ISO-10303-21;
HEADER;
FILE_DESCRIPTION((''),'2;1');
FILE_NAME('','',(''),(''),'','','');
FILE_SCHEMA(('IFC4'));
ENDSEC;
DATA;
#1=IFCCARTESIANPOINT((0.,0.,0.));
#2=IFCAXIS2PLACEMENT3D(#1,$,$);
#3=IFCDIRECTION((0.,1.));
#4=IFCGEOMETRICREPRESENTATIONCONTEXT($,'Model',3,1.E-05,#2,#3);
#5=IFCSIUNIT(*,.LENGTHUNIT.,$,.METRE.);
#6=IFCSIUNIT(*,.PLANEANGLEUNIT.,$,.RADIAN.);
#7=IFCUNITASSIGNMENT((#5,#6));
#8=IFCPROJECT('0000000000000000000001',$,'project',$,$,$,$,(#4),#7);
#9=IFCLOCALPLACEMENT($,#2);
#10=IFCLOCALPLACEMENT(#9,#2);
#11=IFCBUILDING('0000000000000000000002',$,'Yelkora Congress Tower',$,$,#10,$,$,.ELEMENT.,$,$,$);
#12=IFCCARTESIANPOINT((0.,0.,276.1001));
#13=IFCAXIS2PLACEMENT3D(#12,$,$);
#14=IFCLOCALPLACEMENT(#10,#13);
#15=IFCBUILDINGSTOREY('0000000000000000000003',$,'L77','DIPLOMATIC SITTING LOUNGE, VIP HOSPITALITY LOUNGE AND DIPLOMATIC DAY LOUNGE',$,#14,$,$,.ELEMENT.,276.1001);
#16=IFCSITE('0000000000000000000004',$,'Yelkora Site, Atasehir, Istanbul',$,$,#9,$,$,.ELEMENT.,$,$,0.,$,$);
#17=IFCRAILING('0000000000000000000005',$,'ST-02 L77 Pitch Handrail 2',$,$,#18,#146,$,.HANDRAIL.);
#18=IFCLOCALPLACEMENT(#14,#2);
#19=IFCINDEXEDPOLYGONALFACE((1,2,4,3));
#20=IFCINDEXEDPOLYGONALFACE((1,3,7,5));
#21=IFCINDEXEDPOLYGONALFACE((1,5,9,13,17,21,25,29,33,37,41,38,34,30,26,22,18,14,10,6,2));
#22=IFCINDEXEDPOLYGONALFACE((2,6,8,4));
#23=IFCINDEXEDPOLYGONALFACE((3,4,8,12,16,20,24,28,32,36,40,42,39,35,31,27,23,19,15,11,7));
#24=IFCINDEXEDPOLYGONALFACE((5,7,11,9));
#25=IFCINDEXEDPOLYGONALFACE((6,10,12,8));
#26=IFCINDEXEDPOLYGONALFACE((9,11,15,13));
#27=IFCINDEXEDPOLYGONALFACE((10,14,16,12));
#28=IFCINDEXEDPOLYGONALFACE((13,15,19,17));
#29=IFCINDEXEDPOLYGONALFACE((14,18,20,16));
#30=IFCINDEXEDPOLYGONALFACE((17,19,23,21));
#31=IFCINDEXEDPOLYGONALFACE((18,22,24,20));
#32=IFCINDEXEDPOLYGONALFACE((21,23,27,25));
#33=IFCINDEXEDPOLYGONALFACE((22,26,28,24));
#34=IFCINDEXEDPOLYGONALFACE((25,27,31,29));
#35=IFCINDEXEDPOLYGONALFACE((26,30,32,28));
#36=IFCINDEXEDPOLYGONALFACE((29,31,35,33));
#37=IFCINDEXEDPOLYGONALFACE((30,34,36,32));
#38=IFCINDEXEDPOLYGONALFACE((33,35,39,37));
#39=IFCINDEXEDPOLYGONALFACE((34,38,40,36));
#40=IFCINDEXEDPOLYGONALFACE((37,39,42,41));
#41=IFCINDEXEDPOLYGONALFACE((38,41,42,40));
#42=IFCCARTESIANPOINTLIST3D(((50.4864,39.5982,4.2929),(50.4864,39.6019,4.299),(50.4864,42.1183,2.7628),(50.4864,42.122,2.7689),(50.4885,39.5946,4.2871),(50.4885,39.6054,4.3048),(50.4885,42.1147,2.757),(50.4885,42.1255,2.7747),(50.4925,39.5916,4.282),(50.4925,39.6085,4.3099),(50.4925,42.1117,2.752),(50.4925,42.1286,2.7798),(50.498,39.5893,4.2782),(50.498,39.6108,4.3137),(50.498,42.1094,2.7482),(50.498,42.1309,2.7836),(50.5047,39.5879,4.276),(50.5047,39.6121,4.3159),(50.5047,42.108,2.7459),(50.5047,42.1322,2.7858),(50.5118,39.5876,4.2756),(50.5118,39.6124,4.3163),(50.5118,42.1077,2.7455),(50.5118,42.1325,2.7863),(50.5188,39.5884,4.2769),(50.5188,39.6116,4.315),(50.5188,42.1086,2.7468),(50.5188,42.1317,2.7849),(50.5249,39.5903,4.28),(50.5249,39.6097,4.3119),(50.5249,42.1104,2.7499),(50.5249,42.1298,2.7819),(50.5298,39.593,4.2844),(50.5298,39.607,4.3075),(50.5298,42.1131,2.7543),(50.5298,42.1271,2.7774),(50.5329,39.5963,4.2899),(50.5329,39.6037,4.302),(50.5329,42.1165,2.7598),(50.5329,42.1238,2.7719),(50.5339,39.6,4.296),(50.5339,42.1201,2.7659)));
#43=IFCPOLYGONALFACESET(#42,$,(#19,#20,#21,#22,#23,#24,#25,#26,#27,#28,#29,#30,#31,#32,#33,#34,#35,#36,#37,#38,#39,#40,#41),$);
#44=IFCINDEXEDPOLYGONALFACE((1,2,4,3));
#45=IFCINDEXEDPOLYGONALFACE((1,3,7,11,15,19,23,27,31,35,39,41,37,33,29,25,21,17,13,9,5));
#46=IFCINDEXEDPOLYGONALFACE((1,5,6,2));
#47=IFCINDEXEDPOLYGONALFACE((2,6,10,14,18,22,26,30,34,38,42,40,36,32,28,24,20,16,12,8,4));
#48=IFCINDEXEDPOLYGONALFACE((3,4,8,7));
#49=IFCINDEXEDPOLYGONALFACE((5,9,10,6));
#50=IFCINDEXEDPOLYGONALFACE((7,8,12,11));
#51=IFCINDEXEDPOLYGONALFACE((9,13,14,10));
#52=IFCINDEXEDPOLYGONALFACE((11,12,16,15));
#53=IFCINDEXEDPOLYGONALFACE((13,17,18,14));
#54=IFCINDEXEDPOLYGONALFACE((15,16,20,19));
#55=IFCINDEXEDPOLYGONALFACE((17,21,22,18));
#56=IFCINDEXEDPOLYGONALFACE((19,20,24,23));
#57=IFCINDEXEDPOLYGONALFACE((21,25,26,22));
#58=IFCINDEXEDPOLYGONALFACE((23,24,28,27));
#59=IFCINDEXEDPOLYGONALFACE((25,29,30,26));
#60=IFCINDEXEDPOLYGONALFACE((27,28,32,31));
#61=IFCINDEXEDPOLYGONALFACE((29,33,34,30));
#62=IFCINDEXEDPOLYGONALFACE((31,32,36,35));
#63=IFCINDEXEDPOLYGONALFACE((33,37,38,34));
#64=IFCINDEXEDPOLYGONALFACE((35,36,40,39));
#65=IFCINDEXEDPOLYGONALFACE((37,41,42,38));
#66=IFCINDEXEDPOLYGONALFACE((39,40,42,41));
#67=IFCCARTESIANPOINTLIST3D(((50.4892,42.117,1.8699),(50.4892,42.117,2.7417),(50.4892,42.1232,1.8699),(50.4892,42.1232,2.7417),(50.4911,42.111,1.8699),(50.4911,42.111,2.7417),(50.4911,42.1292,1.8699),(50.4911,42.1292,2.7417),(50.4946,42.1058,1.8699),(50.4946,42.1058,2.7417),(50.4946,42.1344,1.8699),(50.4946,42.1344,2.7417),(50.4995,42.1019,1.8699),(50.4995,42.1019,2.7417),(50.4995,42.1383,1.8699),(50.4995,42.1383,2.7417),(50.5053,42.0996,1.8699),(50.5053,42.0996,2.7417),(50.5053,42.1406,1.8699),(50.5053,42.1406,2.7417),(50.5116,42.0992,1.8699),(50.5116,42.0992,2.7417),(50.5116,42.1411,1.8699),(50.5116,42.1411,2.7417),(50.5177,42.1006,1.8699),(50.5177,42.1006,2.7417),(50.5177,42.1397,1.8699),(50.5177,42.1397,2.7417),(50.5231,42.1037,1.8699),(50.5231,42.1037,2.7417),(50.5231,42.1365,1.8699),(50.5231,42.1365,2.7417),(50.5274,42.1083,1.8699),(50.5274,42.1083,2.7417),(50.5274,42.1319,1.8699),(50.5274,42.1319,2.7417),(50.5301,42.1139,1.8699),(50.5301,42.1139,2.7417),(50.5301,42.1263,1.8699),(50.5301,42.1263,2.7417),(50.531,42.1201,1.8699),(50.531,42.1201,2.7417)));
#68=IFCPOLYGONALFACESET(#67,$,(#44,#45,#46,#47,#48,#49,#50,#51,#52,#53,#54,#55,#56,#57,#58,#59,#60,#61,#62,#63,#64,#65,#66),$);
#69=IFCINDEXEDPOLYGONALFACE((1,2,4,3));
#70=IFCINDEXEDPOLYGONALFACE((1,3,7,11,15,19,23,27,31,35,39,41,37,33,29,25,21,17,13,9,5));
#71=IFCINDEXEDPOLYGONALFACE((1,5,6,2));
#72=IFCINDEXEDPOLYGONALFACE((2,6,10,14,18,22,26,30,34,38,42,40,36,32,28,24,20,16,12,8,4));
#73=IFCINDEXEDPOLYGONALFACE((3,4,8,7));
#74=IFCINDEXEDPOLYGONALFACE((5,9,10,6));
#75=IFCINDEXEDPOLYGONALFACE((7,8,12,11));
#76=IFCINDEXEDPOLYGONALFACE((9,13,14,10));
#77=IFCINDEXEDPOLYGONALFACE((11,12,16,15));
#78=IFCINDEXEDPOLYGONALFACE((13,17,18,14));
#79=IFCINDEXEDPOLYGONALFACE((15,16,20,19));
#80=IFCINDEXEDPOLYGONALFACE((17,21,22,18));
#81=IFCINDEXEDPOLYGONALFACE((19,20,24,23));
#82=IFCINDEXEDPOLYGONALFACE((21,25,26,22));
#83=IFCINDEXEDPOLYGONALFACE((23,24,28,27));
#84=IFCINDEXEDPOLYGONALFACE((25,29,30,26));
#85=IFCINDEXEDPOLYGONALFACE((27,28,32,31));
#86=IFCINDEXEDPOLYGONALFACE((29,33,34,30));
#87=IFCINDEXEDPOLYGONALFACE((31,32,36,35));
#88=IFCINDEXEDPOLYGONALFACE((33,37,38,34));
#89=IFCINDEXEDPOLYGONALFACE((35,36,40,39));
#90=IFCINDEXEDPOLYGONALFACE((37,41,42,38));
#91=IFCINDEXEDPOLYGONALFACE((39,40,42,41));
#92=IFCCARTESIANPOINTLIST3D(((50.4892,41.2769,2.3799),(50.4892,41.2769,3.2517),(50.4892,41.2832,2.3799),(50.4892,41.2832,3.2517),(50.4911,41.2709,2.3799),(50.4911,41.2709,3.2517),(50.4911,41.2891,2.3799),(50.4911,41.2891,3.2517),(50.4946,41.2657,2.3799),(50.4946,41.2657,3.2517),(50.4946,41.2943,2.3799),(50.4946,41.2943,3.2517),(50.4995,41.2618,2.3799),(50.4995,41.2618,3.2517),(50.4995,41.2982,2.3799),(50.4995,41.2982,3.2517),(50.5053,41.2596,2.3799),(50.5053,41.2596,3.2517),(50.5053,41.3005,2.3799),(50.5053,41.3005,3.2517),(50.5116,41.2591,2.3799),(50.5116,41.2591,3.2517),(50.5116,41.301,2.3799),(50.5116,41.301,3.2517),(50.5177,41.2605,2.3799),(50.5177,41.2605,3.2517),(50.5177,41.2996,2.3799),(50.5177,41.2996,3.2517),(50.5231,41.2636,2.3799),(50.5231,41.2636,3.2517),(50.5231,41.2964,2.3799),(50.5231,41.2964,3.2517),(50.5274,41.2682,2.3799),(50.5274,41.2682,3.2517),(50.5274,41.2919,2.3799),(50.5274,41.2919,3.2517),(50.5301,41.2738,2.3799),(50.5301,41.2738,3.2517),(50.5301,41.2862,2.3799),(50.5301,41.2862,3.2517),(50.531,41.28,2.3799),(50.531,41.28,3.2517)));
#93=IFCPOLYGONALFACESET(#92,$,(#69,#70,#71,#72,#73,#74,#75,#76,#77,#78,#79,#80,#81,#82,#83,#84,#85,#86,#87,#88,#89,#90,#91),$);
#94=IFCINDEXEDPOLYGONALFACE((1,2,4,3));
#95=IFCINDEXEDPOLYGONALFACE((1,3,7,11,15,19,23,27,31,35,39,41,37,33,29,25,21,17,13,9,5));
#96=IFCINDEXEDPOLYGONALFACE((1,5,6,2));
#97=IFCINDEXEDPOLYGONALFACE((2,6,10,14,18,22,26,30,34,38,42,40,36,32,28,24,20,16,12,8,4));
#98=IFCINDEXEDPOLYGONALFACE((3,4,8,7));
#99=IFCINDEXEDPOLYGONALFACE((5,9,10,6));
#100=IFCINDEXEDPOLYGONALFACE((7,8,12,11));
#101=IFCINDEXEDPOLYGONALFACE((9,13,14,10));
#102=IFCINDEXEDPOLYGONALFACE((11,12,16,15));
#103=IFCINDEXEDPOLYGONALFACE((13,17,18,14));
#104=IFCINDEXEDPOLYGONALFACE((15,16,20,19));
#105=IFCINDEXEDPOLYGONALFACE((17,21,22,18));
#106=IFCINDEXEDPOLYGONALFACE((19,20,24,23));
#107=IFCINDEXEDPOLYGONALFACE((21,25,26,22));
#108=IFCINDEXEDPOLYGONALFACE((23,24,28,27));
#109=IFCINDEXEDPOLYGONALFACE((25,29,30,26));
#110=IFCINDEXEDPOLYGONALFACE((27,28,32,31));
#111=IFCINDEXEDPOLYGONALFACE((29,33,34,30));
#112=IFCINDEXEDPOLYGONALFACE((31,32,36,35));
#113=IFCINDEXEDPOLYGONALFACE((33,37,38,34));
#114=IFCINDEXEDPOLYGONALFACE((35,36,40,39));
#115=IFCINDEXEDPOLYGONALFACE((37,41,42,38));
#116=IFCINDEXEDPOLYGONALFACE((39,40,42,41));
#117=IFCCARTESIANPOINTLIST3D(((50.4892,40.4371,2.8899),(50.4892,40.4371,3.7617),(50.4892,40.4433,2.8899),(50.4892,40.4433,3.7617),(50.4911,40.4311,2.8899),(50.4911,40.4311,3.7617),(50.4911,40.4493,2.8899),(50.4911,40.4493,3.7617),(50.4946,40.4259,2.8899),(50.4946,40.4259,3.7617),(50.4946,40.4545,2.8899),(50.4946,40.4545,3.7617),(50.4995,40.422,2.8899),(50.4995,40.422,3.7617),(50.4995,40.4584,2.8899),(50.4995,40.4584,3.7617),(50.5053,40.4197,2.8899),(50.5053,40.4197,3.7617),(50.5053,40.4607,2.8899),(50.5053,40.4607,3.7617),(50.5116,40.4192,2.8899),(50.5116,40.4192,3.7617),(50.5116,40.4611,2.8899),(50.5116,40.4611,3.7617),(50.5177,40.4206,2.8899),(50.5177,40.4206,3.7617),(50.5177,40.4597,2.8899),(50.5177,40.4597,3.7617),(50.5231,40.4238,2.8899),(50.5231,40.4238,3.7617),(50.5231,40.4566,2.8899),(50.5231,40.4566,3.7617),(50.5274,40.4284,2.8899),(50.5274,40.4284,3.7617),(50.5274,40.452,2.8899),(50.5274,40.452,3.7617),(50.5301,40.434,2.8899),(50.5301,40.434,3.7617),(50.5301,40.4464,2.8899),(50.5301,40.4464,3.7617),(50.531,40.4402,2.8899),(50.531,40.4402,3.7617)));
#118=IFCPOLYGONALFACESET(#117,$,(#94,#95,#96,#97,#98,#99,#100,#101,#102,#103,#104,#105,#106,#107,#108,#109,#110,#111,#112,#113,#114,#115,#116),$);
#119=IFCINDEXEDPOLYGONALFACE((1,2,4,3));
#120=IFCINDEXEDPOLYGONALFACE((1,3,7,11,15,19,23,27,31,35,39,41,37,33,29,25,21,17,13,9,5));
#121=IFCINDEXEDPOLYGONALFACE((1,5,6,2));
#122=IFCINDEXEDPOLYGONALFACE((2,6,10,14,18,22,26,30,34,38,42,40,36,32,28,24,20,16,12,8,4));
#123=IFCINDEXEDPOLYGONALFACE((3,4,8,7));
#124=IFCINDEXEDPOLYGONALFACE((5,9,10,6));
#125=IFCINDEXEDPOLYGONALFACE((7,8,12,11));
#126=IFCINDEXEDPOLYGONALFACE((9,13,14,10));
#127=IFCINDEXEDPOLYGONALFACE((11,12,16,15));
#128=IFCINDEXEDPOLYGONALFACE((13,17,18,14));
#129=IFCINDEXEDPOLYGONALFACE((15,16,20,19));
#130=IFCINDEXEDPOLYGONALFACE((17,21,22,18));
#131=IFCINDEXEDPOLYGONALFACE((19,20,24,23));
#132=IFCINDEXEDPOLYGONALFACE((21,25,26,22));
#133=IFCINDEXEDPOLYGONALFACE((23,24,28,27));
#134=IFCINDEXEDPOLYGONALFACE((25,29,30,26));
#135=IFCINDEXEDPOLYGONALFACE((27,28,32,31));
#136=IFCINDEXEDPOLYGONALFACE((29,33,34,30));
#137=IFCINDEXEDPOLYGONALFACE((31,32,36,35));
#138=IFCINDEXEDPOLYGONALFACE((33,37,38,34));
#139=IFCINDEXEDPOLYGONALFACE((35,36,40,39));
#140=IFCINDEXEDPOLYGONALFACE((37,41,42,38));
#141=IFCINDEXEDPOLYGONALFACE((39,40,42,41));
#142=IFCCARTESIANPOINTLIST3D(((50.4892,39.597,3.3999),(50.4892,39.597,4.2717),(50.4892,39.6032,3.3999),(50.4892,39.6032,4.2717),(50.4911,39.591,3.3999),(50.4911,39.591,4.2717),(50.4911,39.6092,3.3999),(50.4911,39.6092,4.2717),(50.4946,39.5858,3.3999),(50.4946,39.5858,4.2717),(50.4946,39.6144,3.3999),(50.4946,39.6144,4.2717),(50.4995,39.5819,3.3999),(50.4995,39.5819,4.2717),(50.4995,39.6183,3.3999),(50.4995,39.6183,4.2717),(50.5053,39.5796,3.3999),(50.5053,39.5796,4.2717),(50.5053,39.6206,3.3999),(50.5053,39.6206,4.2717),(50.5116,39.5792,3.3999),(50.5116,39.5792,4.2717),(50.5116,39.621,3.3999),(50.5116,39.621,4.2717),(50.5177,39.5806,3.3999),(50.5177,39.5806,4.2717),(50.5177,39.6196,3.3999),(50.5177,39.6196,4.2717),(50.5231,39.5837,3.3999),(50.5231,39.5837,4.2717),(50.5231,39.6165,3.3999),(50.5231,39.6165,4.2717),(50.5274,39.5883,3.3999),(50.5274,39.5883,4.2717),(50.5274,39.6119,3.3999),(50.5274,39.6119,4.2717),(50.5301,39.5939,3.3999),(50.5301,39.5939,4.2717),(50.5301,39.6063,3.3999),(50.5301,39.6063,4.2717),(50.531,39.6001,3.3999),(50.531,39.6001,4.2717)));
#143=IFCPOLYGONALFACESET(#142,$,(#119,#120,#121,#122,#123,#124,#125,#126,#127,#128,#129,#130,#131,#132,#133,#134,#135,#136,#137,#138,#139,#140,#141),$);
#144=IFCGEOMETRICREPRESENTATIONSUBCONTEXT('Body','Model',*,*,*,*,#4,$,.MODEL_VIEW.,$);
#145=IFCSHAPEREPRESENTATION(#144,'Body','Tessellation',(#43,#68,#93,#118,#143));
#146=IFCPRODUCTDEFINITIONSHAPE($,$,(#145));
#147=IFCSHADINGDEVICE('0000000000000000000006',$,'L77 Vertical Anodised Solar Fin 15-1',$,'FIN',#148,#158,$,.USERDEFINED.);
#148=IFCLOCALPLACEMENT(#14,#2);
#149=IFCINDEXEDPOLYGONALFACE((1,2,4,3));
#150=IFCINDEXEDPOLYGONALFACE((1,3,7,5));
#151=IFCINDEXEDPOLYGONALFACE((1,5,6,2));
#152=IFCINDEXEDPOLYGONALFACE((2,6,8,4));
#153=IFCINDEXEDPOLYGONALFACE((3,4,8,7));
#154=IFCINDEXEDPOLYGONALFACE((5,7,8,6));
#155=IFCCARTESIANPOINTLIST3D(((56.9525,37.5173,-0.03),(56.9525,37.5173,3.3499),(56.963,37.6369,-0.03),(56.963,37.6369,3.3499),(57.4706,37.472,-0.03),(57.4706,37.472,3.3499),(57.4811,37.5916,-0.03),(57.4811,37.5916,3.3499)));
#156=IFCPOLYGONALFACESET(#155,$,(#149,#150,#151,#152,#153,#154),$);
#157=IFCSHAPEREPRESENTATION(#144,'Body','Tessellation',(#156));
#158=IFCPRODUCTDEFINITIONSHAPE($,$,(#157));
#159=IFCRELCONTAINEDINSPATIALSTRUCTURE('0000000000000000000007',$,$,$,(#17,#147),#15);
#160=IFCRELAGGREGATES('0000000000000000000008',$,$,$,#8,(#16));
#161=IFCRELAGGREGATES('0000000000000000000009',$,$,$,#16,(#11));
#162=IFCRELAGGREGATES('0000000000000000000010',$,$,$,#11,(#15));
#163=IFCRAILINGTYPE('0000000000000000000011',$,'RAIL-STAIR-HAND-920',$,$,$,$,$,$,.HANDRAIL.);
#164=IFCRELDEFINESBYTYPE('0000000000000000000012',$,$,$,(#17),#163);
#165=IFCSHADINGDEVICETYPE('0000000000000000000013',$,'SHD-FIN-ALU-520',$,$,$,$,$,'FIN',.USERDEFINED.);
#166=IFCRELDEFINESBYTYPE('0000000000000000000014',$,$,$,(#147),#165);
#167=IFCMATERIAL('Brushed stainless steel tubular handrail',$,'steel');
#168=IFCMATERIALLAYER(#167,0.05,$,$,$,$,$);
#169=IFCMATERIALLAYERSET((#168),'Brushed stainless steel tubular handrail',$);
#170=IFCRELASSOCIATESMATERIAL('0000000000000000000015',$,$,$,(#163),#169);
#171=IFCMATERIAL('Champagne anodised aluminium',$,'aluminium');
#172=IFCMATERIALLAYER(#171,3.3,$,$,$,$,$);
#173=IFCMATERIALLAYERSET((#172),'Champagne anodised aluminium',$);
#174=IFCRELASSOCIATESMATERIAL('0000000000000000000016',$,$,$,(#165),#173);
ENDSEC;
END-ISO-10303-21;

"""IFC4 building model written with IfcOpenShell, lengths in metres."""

from ifc_helpers import new_model, si_unit, direction, frame, origin, origin_2d, place, context, subcontext, project, spatial, rectangle, circle, extrude, material, layer, layer_set, type_object, element, save


model = new_model("IFC4")

# Units and contexts
model_context = context("Model", 3, precision=1e-05, world=origin(), true_north=direction((0.0, 1.0)))
body_context = subcontext(model_context, "Body", "Model", "MODEL_VIEW")
ifc_project = project(units=[si_unit("LENGTHUNIT", "METRE"), si_unit("PLANEANGLEUNIT", "RADIAN")], contexts=[model_context])

# Site, building, storey
site_placement = place(None, origin())
site = spatial("IfcSite", under=ifc_project, at=site_placement, Name="Yelkora Site, Atasehir, Istanbul", CompositionType="ELEMENT", RefElevation=0.0)
building_placement = place(site_placement, origin())
building = spatial("IfcBuilding", under=site, at=building_placement, Name="Yelkora Congress Tower", CompositionType="ELEMENT")
storey_placement = place(building_placement, frame((0.0, 0.0, 276.1001)))
storey = spatial("IfcBuildingStorey", under=building, at=storey_placement, Name="L77", Description="DIPLOMATIC SITTING LOUNGE, VIP HOSPITALITY LOUNGE AND DIPLOMATIC DAY LOUNGE", CompositionType="ELEMENT", Elevation=276.1001)

# Railing
ifc_material_1 = material(Name="Brushed stainless steel tubular handrail", Category="steel")
ifc_layer_1 = layer(ifc_material_1, 0.05)
ifc_layer_set_1 = layer_set([ifc_layer_1], Name="Brushed stainless steel tubular handrail")
railing_type_1 = type_object("IfcRailingType", Name="RAIL-STAIR-HAND-920", PredefinedType="HANDRAIL", material=ifc_layer_set_1)
railing_1_placement = place(storey_placement, frame((50.51, 42.1201, 1.8699)))
element("IfcRailing", 1, at=railing_1_placement, inside=storey, type_object=railing_type_1, Name="ST-02 L77 Pitch Handrail 2", PredefinedType="HANDRAIL", context=body_context, shape_type="SweptSolid", body=[
    extrude(circle(Radius=0.0239, at=origin_2d()), frame((0.0, 0.0, 0.896), z_axis=(0.0, -0.854785, 0.518982), x_axis=(1.0, 0.0, 0.0)), (0.0, 0.0, 1.0), 2.9482),
    extrude(circle(Radius=0.021, at=origin_2d()), origin(), (0.0, 0.0, 1.0), 0.8718),
    extrude(circle(Radius=0.021, at=origin_2d()), frame((0.0, -0.8401, 0.51)), (0.0, 0.0, 1.0), 0.8718),
    extrude(circle(Radius=0.021, at=origin_2d()), frame((0.0, -1.6799, 1.02)), (0.0, 0.0, 1.0), 0.8718),
    extrude(circle(Radius=0.021, at=origin_2d()), frame((0.0, -2.52, 1.53)), (0.0, 0.0, 1.0), 0.8718),
])

# Shading device
ifc_material_2 = material(Name="Champagne anodised aluminium", Category="aluminium")
ifc_layer_2 = layer(ifc_material_2, 3.3)
ifc_layer_set_2 = layer_set([ifc_layer_2], Name="Champagne anodised aluminium")
shading_device_type = type_object("IfcShadingDeviceType", Name="SHD-FIN-ALU-520", ElementType="FIN", PredefinedType="USERDEFINED", material=ifc_layer_set_2)
shading_device_placement = place(storey_placement, frame((57.2168, 37.5544, -0.03), z_axis=(0.0, 0.0, 1.0), x_axis=(-0.087156, -0.996195, 0.0)))
element("IfcShadingDevice", 2, at=shading_device_placement, inside=storey, type_object=shading_device_type, Name="L77 Vertical Anodised Solar Fin 15-1", ObjectType="FIN", PredefinedType="USERDEFINED", context=body_context, shape_type="SweptSolid", body=[
    extrude(rectangle(XDim=0.1201, YDim=0.52, at=origin_2d()), origin(), (0.0, 0.0, 1.0), 3.3799),
])

save(model, "model.ifc")
